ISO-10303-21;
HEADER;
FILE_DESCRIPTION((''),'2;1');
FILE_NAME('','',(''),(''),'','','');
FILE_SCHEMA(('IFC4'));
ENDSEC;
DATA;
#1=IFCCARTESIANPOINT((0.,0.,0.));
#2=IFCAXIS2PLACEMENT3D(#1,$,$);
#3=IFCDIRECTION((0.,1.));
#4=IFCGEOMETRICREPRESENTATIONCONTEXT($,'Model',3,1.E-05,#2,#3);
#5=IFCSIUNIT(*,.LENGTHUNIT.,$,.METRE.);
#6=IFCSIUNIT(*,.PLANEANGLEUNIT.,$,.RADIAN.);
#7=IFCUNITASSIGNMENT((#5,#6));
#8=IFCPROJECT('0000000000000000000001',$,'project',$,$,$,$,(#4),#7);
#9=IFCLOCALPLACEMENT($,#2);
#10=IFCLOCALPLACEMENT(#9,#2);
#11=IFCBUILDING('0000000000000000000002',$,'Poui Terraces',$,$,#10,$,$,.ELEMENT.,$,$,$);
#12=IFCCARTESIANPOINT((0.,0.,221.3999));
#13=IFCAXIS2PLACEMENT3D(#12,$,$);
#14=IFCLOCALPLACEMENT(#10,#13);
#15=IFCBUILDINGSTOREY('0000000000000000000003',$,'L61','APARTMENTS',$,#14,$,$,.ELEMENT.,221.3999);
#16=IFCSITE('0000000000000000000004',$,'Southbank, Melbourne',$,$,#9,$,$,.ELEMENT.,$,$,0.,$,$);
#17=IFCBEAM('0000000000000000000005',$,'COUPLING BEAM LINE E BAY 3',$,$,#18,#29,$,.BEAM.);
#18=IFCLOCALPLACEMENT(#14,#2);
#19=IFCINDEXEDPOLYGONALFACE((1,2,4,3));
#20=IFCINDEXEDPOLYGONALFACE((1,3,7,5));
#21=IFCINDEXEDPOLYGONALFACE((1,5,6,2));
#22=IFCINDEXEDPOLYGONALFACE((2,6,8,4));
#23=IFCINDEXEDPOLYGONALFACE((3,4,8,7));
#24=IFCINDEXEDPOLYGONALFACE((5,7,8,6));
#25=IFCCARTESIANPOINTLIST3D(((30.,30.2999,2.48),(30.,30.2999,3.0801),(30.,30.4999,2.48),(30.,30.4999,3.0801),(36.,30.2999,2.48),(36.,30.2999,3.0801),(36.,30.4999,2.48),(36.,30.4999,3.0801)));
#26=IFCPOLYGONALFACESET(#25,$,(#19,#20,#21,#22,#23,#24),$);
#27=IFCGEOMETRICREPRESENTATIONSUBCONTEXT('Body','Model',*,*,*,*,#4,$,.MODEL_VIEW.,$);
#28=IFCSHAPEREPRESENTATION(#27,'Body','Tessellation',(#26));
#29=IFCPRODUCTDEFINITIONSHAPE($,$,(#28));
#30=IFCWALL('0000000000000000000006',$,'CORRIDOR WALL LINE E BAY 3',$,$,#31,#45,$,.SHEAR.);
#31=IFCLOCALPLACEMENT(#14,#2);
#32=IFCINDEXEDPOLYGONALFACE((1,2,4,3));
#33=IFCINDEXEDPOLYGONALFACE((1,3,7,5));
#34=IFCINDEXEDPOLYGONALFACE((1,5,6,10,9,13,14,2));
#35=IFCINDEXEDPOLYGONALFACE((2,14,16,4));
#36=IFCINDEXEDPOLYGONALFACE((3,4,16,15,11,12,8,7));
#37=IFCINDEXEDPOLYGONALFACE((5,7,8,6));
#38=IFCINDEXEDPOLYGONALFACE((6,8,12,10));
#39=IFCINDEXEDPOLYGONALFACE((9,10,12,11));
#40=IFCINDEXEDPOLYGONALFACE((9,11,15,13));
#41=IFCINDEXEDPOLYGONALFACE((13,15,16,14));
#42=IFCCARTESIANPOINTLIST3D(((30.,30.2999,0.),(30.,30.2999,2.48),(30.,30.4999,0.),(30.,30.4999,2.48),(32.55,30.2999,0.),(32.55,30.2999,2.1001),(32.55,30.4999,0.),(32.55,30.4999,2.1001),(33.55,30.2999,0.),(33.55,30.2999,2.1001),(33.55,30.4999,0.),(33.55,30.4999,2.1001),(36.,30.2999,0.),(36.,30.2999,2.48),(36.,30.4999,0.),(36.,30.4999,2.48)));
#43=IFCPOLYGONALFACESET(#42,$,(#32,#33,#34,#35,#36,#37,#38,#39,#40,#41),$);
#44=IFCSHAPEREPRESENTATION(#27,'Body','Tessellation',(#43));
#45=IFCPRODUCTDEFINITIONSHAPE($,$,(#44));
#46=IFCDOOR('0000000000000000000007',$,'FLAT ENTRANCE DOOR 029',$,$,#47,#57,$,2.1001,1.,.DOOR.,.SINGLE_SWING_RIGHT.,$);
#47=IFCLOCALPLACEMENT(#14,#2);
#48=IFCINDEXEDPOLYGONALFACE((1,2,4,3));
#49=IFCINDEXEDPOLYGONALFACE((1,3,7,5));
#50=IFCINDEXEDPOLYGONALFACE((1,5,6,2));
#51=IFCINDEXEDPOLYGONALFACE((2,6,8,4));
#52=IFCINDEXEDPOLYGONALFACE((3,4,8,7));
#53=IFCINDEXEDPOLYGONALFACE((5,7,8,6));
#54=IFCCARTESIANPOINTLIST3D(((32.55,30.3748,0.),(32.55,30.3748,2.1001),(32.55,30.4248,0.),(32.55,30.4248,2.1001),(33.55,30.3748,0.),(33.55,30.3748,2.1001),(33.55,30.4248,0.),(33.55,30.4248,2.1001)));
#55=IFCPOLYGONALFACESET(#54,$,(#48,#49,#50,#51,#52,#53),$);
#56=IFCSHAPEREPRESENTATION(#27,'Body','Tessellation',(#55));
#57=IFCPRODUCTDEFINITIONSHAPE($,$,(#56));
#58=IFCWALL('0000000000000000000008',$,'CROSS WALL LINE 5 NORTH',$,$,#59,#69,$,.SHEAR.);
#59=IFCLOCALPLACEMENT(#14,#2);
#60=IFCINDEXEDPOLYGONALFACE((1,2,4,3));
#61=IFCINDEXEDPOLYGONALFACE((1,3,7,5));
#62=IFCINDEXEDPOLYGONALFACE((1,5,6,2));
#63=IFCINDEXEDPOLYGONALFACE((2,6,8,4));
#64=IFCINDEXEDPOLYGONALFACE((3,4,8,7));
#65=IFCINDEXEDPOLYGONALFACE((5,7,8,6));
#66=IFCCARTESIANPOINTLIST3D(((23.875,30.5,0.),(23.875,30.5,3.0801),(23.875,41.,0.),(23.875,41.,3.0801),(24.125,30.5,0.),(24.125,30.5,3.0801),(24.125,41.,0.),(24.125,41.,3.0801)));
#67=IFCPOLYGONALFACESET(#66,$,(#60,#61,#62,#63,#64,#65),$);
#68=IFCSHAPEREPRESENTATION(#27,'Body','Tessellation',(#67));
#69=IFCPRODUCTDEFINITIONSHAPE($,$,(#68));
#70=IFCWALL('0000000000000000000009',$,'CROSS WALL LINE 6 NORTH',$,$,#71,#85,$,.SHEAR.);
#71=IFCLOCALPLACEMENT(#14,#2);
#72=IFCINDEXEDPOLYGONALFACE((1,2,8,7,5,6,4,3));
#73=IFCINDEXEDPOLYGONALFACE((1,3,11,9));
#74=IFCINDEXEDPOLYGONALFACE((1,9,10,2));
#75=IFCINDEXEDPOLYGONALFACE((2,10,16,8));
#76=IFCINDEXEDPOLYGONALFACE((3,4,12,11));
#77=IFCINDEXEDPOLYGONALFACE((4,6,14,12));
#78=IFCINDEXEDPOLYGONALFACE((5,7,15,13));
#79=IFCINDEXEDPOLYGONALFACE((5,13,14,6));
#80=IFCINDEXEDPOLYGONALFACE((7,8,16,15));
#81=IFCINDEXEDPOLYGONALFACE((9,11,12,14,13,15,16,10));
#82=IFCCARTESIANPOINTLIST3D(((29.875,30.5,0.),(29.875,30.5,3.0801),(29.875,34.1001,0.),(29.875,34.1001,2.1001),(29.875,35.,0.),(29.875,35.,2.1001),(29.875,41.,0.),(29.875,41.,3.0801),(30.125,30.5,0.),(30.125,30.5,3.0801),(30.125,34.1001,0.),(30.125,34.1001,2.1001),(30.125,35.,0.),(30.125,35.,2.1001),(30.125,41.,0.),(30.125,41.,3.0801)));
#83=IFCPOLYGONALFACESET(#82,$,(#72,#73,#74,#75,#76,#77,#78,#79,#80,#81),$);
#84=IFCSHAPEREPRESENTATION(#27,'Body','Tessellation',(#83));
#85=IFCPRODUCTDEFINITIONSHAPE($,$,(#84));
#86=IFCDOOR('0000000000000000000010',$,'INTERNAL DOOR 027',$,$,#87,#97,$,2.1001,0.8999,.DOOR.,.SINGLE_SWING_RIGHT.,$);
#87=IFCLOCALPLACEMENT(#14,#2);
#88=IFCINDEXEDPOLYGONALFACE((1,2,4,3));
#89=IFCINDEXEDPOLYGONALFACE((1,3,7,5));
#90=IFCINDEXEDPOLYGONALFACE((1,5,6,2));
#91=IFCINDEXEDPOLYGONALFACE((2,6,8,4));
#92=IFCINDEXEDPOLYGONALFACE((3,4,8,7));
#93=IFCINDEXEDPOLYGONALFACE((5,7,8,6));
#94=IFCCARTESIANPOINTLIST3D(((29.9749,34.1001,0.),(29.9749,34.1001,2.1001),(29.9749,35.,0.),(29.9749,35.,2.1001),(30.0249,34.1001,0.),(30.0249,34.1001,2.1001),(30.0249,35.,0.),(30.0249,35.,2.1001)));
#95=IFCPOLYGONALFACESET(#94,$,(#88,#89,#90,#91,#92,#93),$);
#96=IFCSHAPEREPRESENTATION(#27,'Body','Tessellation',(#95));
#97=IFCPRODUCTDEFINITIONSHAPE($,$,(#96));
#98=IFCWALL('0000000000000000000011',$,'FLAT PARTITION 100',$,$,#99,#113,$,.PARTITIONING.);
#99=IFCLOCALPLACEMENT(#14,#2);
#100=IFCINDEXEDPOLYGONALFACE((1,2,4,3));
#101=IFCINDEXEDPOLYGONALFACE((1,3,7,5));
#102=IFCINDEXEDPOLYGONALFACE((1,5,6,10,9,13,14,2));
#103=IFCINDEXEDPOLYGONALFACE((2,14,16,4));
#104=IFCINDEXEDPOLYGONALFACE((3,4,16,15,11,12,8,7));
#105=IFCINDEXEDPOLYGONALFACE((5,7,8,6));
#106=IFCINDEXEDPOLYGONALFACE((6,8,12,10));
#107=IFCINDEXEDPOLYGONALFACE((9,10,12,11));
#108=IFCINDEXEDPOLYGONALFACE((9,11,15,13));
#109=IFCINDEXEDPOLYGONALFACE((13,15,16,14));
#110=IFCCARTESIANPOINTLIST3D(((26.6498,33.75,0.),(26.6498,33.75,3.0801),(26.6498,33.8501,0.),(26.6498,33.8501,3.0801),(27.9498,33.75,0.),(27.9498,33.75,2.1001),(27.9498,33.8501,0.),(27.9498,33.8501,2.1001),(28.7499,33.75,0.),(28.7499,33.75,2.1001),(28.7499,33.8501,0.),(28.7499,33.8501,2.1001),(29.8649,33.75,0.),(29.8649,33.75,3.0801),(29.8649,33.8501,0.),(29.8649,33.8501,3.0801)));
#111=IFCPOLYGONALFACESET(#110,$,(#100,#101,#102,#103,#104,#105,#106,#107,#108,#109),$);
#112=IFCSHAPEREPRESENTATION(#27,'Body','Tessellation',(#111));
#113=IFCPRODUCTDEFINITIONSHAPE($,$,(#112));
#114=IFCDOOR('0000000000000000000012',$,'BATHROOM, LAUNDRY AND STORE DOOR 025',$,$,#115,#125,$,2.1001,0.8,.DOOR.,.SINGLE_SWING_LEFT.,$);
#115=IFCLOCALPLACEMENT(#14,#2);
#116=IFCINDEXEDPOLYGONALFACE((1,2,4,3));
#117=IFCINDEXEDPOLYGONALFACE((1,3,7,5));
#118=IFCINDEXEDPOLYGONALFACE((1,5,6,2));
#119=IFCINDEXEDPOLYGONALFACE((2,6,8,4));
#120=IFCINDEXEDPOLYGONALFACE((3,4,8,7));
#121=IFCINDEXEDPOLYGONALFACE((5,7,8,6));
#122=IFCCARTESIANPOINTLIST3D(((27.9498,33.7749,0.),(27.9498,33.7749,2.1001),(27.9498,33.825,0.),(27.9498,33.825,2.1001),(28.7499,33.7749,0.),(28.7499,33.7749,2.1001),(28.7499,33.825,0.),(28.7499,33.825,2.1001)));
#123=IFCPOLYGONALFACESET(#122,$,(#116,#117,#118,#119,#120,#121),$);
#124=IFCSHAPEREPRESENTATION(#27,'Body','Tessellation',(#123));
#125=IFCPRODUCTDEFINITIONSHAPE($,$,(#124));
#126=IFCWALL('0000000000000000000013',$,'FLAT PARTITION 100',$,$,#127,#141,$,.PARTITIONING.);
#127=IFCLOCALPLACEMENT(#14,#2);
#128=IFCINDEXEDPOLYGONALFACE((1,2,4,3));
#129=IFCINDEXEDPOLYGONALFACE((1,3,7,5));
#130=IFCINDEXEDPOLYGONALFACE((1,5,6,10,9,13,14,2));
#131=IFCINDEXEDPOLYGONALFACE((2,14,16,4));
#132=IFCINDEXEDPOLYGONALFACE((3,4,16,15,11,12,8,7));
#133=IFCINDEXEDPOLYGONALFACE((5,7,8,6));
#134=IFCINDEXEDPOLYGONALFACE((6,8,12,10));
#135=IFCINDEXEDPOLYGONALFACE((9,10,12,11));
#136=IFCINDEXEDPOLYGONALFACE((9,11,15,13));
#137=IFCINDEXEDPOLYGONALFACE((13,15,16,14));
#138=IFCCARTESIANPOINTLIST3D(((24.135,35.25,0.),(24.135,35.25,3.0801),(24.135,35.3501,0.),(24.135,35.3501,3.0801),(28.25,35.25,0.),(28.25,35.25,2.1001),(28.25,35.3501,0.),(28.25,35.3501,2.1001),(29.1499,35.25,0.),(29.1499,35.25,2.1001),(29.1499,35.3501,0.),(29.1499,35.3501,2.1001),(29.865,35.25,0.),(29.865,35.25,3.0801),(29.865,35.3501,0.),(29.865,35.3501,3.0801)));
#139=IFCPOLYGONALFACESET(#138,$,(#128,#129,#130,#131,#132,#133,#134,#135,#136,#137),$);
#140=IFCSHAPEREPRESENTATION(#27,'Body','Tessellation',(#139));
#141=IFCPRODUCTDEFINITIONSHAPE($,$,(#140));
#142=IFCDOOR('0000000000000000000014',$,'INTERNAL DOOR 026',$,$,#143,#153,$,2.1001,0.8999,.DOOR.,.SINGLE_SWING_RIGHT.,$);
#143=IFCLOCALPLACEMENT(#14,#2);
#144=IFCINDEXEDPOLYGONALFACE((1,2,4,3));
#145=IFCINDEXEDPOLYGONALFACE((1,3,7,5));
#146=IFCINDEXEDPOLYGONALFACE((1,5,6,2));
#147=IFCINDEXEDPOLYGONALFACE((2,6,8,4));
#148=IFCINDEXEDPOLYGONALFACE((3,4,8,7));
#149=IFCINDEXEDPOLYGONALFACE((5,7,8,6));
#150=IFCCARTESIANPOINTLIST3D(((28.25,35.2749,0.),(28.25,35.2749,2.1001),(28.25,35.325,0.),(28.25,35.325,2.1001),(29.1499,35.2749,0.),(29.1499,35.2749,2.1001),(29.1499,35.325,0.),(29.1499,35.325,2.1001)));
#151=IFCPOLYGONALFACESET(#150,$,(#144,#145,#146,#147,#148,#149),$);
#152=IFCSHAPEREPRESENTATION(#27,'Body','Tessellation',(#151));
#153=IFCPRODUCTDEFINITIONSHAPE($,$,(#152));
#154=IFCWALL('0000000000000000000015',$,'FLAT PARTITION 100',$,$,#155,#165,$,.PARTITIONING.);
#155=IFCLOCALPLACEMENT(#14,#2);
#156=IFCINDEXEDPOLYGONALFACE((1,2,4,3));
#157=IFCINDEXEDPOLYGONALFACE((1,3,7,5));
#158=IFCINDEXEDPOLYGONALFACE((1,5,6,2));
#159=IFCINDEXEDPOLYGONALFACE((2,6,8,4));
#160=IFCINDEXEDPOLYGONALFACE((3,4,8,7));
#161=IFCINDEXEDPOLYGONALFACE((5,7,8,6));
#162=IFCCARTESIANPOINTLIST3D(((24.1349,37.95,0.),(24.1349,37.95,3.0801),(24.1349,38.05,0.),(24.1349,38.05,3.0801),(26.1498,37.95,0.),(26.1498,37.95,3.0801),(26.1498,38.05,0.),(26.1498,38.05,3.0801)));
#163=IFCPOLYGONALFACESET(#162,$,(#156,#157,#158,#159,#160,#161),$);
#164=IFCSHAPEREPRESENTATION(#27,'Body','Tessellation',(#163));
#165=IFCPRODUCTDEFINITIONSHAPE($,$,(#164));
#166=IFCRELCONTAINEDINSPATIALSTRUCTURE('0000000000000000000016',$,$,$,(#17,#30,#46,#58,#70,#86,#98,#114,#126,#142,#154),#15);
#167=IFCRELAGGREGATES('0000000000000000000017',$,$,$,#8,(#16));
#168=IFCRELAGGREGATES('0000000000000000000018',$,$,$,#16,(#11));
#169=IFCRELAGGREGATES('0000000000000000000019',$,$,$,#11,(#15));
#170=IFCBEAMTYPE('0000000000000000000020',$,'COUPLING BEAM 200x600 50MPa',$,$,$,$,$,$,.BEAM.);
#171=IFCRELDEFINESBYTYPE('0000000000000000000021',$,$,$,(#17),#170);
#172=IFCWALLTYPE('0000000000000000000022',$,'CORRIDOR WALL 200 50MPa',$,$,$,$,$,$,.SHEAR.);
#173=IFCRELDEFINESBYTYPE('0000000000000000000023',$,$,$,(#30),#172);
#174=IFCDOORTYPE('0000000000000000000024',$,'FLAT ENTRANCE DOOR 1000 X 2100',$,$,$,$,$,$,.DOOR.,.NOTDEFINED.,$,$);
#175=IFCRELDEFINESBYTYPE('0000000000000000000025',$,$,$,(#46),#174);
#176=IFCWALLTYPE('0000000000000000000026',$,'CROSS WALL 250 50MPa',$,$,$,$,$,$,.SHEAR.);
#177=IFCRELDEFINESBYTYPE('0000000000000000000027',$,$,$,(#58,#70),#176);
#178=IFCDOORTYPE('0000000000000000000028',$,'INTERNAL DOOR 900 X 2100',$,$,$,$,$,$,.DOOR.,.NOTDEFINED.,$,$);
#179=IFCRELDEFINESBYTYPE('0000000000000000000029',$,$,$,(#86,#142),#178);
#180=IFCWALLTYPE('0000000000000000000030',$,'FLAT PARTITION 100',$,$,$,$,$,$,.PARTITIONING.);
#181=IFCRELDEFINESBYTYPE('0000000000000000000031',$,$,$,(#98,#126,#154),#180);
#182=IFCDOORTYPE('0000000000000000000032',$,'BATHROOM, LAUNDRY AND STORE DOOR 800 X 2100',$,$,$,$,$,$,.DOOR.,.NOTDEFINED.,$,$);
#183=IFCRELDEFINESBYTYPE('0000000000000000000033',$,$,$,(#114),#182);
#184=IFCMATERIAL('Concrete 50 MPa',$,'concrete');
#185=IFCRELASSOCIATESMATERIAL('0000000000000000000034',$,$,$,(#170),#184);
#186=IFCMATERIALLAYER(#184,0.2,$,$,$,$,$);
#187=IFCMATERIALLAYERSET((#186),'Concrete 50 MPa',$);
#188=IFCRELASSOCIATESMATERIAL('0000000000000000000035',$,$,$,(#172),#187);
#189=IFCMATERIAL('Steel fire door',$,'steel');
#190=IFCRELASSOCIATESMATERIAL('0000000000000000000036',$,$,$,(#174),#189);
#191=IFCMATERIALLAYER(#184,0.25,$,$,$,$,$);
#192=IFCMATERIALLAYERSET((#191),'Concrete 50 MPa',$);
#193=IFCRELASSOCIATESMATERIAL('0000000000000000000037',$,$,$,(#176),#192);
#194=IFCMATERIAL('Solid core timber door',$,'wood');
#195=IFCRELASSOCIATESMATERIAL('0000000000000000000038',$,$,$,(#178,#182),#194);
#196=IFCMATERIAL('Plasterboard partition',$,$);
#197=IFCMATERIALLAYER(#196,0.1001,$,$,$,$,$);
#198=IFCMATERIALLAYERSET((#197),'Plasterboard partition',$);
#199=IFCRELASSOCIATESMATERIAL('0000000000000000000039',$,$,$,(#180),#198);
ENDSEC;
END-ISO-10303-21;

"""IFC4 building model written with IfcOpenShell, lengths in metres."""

from ifc_helpers import new_model, si_unit, direction, frame, frame_2d, origin, origin_2d, place, context, subcontext, project, spatial, rectangle, extrude, source, transform, mapped, material, layer, layer_set, material_profile, profile_set, type_object, element, fill, save


model = new_model("IFC4")

# Units and contexts
model_context = context("Model", 3, precision=1e-05, world=origin(), true_north=direction((0.0, 1.0)))
body_context = subcontext(model_context, "Body", "Model", "MODEL_VIEW")
ifc_project = project(units=[si_unit("LENGTHUNIT", "METRE"), si_unit("PLANEANGLEUNIT", "RADIAN")], contexts=[model_context])

# Site, building, storey
site_placement = place(None, origin())
site = spatial("IfcSite", under=ifc_project, at=site_placement, Name="Southbank, Melbourne", CompositionType="ELEMENT", RefElevation=0.0)
building_placement = place(site_placement, origin())
building = spatial("IfcBuilding", under=site, at=building_placement, Name="Poui Terraces", CompositionType="ELEMENT")
storey_placement = place(building_placement, frame((0.0, 0.0, 221.3999)))
storey = spatial("IfcBuildingStorey", under=building, at=storey_placement, Name="L61", Description="APARTMENTS", CompositionType="ELEMENT", Elevation=221.3999)

# Beam
ifc_material_1 = material(Name="Concrete 50 MPa", Category="concrete")
ifc_material_profile = material_profile(ifc_material_1, rectangle(XDim=0.2, YDim=0.6001, at=origin_2d()), Name="RC 200x600")
ifc_profile_set = profile_set([ifc_material_profile], Name="Concrete 50 MPa")
beam_type = type_object("IfcBeamType", Name="COUPLING BEAM 200x600 50MPa", PredefinedType="BEAM", material=ifc_profile_set)
shared_shape_1 = source(origin(), body_context, "Body", "SweptSolid", [
    extrude(rectangle(XDim=0.2, YDim=0.6001, at=origin_2d()), origin(), (0.0, 0.0, 1.0), 6.0),
])
beam_placement = place(storey_placement, frame((30.0, 30.3999, 2.78), z_axis=(1.0, 0.0, 0.0), x_axis=(0.0, 1.0, 0.0)))
element("IfcBeam", 1, at=beam_placement, inside=storey, type_object=beam_type, Name="COUPLING BEAM LINE E BAY 3", PredefinedType="BEAM", context=body_context, shape_type="MappedRepresentation", body=[
    mapped(shared_shape_1, transform((0.0, 0.0, 0.0))),
])

# Wall, opening, door
ifc_layer_1 = layer(ifc_material_1, 0.2)
ifc_layer_set_1 = layer_set([ifc_layer_1], Name="Concrete 50 MPa")
wall_type_1 = type_object("IfcWallType", Name="CORRIDOR WALL 200 50MPa", PredefinedType="SHEAR", material=ifc_layer_set_1)
wall_1_placement = place(storey_placement, frame((30.0, 30.3999, 0.0), z_axis=(0.0, 0.0, 1.0), x_axis=(1.0, 0.0, 0.0)))
wall_1 = element("IfcWall", 2, at=wall_1_placement, inside=storey, type_object=wall_type_1, Name="CORRIDOR WALL LINE E BAY 3", PredefinedType="SHEAR", context=body_context, shape_type="SweptSolid", body=[
    extrude(rectangle(XDim=6.0, YDim=0.2, at=frame_2d((3.0, 0.0))), origin(), (0.0, 0.0, 1.0), 2.48),
])
opening_1_placement = place(wall_1_placement, frame((2.55, 0.0, 0.0)))
opening_1 = element("IfcOpeningElement", 3, at=opening_1_placement, cuts=wall_1, PredefinedType="OPENING", context=body_context, shape_type="SweptSolid", body=[
    extrude(rectangle(XDim=1.0, YDim=2.1001, at=frame_2d((0.5, 1.05))), frame((0.0, 0.1099, 0.0), z_axis=(0.0, -1.0, 0.0), x_axis=(1.0, 0.0, 0.0)), (0.0, 0.0, 1.0), 0.22),
])
ifc_material_2 = material(Name="Steel fire door", Category="steel")
door_type_1 = type_object("IfcDoorType", Name="FLAT ENTRANCE DOOR 1000 X 2100", OperationType="NOTDEFINED", PredefinedType="DOOR", material=ifc_material_2)
door_1_placement = place(opening_1_placement, origin())
door_1 = element("IfcDoor", 4, at=door_1_placement, inside=storey, type_object=door_type_1, Name="FLAT ENTRANCE DOOR 029", OperationType="SINGLE_SWING_RIGHT", OverallHeight=2.1001, OverallWidth=1.0, PredefinedType="DOOR", context=body_context, shape_type="SweptSolid", body=[
    extrude(rectangle(XDim=1.0, YDim=2.1001, at=frame_2d((0.5, 1.05))), frame((0.0, 0.0249, 0.0), z_axis=(0.0, -1.0, 0.0), x_axis=(1.0, 0.0, 0.0)), (0.0, 0.0, 1.0), 0.05),
])
fill(opening_1, door_1)

# Wall
ifc_layer_2 = layer(ifc_material_1, 0.25)
ifc_layer_set_2 = layer_set([ifc_layer_2], Name="Concrete 50 MPa")
wall_type_2 = type_object("IfcWallType", Name="CROSS WALL 250 50MPa", PredefinedType="SHEAR", material=ifc_layer_set_2)
wall_2_placement = place(storey_placement, frame((24.0, 30.5, 0.0), z_axis=(0.0, 0.0, 1.0), x_axis=(0.0, 1.0, 0.0)))
element("IfcWall", 5, at=wall_2_placement, inside=storey, type_object=wall_type_2, Name="CROSS WALL LINE 5 NORTH", PredefinedType="SHEAR", context=body_context, shape_type="SweptSolid", body=[
    extrude(rectangle(XDim=10.5, YDim=0.25, at=frame_2d((5.25, 0.0))), origin(), (0.0, 0.0, 1.0), 3.0801),
])

# Walls, openings, doors
wall_3_placement = place(storey_placement, frame((30.0, 30.5, 0.0), z_axis=(0.0, 0.0, 1.0), x_axis=(0.0, 1.0, 0.0)))
wall_3 = element("IfcWall", 6, at=wall_3_placement, inside=storey, type_object=wall_type_2, Name="CROSS WALL LINE 6 NORTH", PredefinedType="SHEAR", context=body_context, shape_type="SweptSolid", body=[
    extrude(rectangle(XDim=10.5, YDim=0.25, at=frame_2d((5.25, 0.0))), origin(), (0.0, 0.0, 1.0), 3.0801),
])
opening_2_placement = place(wall_3_placement, frame((3.6001, 0.0, 0.0)))
opening_2 = element("IfcOpeningElement", 7, at=opening_2_placement, cuts=wall_3, PredefinedType="OPENING", context=body_context, shape_type="SweptSolid", body=[
    extrude(rectangle(XDim=0.8999, YDim=2.1001, at=frame_2d((0.45, 1.05))), frame((0.0, 0.135, 0.0), z_axis=(0.0, -1.0, 0.0), x_axis=(1.0, 0.0, 0.0)), (0.0, 0.0, 1.0), 0.27),
])
ifc_material_3 = material(Name="Solid core timber door", Category="wood")
door_type_2 = type_object("IfcDoorType", Name="INTERNAL DOOR 900 X 2100", OperationType="NOTDEFINED", PredefinedType="DOOR", material=ifc_material_3)
door_2_placement = place(opening_2_placement, frame((0.8999, 0.0, 0.0), z_axis=(0.0, 0.0, 1.0), x_axis=(-1.0, 0.0, 0.0)))
door_2 = element("IfcDoor", 8, at=door_2_placement, inside=storey, type_object=door_type_2, Name="INTERNAL DOOR 027", OperationType="SINGLE_SWING_RIGHT", OverallHeight=2.1001, OverallWidth=0.8999, PredefinedType="DOOR", context=body_context, shape_type="SweptSolid", body=[
    extrude(rectangle(XDim=0.8999, YDim=2.1001, at=frame_2d((0.45, 1.05))), frame((0.0, 0.0249, 0.0), z_axis=(0.0, -1.0, 0.0), x_axis=(1.0, 0.0, 0.0)), (0.0, 0.0, 1.0), 0.05),
])
fill(opening_2, door_2)
ifc_material_4 = material(Name="Plasterboard partition")
ifc_layer_3 = layer(ifc_material_4, 0.1001)
ifc_layer_set_3 = layer_set([ifc_layer_3], Name="Plasterboard partition")
wall_type_3 = type_object("IfcWallType", Name="FLAT PARTITION 100", PredefinedType="PARTITIONING", material=ifc_layer_set_3)
wall_4_placement = place(storey_placement, frame((26.6499, 33.8, 0.0), z_axis=(0.0, 0.0, 1.0), x_axis=(1.0, 0.0, 0.0)))
wall_4 = element("IfcWall", 9, at=wall_4_placement, inside=storey, type_object=wall_type_3, Name="FLAT PARTITION 100", PredefinedType="PARTITIONING", context=body_context, shape_type="SweptSolid", body=[
    extrude(rectangle(XDim=3.2151, YDim=0.1001, at=frame_2d((1.6074, 0.0))), origin(), (0.0, 0.0, 1.0), 3.0801),
])
opening_3_placement = place(wall_4_placement, frame((1.3, 0.0, 0.0)))
opening_3 = element("IfcOpeningElement", 10, at=opening_3_placement, cuts=wall_4, PredefinedType="OPENING", context=body_context, shape_type="SweptSolid", body=[
    extrude(rectangle(XDim=0.8, YDim=2.1001, at=frame_2d((0.3999, 1.05))), frame((0.0, 0.0601, 0.0), z_axis=(0.0, -1.0, 0.0), x_axis=(1.0, 0.0, 0.0)), (0.0, 0.0, 1.0), 0.1201),
])
door_type_3 = type_object("IfcDoorType", Name="BATHROOM, LAUNDRY AND STORE DOOR 800 X 2100", OperationType="NOTDEFINED", PredefinedType="DOOR", material=ifc_material_3)
door_3_placement = place(opening_3_placement, origin())
door_3 = element("IfcDoor", 11, at=door_3_placement, inside=storey, type_object=door_type_3, Name="BATHROOM, LAUNDRY AND STORE DOOR 025", OperationType="SINGLE_SWING_LEFT", OverallHeight=2.1001, OverallWidth=0.8, PredefinedType="DOOR", context=body_context, shape_type="SweptSolid", body=[
    extrude(rectangle(XDim=0.8, YDim=2.1001, at=frame_2d((0.3999, 1.05))), frame((0.0, 0.0249, 0.0), z_axis=(0.0, -1.0, 0.0), x_axis=(1.0, 0.0, 0.0)), (0.0, 0.0, 1.0), 0.05),
])
fill(opening_3, door_3)
wall_5_placement = place(storey_placement, frame((24.135, 35.3, 0.0), z_axis=(0.0, 0.0, 1.0), x_axis=(1.0, 0.0, 0.0)))
wall_5 = element("IfcWall", 12, at=wall_5_placement, inside=storey, type_object=wall_type_3, Name="FLAT PARTITION 100", PredefinedType="PARTITIONING", context=body_context, shape_type="SweptSolid", body=[
    extrude(rectangle(XDim=5.73, YDim=0.1001, at=frame_2d((2.865, 0.0))), origin(), (0.0, 0.0, 1.0), 3.0801),
])
opening_4_placement = place(wall_5_placement, frame((4.115, 0.0, 0.0)))
opening_4 = element("IfcOpeningElement", 13, at=opening_4_placement, cuts=wall_5, PredefinedType="OPENING", context=body_context, shape_type="SweptSolid", body=[
    extrude(rectangle(XDim=0.8999, YDim=2.1001, at=frame_2d((0.45, 1.05))), frame((0.0, 0.0601, 0.0), z_axis=(0.0, -1.0, 0.0), x_axis=(1.0, 0.0, 0.0)), (0.0, 0.0, 1.0), 0.1201),
])
door_4_placement = place(opening_4_placement, origin())
door_4 = element("IfcDoor", 14, at=door_4_placement, inside=storey, type_object=door_type_2, Name="INTERNAL DOOR 026", OperationType="SINGLE_SWING_RIGHT", OverallHeight=2.1001, OverallWidth=0.8999, PredefinedType="DOOR", context=body_context, shape_type="SweptSolid", body=[
    extrude(rectangle(XDim=0.8999, YDim=2.1001, at=frame_2d((0.45, 1.05))), frame((0.0, 0.0249, 0.0), z_axis=(0.0, -1.0, 0.0), x_axis=(1.0, 0.0, 0.0)), (0.0, 0.0, 1.0), 0.05),
])
fill(opening_4, door_4)

# Wall
wall_6_placement = place(storey_placement, frame((24.135, 38.0, 0.0), z_axis=(0.0, 0.0, 1.0), x_axis=(1.0, 0.0, 0.0)))
element("IfcWall", 15, at=wall_6_placement, inside=storey, type_object=wall_type_3, Name="FLAT PARTITION 100", PredefinedType="PARTITIONING", context=body_context, shape_type="SweptSolid", body=[
    extrude(rectangle(XDim=2.0149, YDim=0.1001, at=frame_2d((1.0073, 0.0))), origin(), (0.0, 0.0, 1.0), 3.0801),
])

save(model, "model.ifc")
